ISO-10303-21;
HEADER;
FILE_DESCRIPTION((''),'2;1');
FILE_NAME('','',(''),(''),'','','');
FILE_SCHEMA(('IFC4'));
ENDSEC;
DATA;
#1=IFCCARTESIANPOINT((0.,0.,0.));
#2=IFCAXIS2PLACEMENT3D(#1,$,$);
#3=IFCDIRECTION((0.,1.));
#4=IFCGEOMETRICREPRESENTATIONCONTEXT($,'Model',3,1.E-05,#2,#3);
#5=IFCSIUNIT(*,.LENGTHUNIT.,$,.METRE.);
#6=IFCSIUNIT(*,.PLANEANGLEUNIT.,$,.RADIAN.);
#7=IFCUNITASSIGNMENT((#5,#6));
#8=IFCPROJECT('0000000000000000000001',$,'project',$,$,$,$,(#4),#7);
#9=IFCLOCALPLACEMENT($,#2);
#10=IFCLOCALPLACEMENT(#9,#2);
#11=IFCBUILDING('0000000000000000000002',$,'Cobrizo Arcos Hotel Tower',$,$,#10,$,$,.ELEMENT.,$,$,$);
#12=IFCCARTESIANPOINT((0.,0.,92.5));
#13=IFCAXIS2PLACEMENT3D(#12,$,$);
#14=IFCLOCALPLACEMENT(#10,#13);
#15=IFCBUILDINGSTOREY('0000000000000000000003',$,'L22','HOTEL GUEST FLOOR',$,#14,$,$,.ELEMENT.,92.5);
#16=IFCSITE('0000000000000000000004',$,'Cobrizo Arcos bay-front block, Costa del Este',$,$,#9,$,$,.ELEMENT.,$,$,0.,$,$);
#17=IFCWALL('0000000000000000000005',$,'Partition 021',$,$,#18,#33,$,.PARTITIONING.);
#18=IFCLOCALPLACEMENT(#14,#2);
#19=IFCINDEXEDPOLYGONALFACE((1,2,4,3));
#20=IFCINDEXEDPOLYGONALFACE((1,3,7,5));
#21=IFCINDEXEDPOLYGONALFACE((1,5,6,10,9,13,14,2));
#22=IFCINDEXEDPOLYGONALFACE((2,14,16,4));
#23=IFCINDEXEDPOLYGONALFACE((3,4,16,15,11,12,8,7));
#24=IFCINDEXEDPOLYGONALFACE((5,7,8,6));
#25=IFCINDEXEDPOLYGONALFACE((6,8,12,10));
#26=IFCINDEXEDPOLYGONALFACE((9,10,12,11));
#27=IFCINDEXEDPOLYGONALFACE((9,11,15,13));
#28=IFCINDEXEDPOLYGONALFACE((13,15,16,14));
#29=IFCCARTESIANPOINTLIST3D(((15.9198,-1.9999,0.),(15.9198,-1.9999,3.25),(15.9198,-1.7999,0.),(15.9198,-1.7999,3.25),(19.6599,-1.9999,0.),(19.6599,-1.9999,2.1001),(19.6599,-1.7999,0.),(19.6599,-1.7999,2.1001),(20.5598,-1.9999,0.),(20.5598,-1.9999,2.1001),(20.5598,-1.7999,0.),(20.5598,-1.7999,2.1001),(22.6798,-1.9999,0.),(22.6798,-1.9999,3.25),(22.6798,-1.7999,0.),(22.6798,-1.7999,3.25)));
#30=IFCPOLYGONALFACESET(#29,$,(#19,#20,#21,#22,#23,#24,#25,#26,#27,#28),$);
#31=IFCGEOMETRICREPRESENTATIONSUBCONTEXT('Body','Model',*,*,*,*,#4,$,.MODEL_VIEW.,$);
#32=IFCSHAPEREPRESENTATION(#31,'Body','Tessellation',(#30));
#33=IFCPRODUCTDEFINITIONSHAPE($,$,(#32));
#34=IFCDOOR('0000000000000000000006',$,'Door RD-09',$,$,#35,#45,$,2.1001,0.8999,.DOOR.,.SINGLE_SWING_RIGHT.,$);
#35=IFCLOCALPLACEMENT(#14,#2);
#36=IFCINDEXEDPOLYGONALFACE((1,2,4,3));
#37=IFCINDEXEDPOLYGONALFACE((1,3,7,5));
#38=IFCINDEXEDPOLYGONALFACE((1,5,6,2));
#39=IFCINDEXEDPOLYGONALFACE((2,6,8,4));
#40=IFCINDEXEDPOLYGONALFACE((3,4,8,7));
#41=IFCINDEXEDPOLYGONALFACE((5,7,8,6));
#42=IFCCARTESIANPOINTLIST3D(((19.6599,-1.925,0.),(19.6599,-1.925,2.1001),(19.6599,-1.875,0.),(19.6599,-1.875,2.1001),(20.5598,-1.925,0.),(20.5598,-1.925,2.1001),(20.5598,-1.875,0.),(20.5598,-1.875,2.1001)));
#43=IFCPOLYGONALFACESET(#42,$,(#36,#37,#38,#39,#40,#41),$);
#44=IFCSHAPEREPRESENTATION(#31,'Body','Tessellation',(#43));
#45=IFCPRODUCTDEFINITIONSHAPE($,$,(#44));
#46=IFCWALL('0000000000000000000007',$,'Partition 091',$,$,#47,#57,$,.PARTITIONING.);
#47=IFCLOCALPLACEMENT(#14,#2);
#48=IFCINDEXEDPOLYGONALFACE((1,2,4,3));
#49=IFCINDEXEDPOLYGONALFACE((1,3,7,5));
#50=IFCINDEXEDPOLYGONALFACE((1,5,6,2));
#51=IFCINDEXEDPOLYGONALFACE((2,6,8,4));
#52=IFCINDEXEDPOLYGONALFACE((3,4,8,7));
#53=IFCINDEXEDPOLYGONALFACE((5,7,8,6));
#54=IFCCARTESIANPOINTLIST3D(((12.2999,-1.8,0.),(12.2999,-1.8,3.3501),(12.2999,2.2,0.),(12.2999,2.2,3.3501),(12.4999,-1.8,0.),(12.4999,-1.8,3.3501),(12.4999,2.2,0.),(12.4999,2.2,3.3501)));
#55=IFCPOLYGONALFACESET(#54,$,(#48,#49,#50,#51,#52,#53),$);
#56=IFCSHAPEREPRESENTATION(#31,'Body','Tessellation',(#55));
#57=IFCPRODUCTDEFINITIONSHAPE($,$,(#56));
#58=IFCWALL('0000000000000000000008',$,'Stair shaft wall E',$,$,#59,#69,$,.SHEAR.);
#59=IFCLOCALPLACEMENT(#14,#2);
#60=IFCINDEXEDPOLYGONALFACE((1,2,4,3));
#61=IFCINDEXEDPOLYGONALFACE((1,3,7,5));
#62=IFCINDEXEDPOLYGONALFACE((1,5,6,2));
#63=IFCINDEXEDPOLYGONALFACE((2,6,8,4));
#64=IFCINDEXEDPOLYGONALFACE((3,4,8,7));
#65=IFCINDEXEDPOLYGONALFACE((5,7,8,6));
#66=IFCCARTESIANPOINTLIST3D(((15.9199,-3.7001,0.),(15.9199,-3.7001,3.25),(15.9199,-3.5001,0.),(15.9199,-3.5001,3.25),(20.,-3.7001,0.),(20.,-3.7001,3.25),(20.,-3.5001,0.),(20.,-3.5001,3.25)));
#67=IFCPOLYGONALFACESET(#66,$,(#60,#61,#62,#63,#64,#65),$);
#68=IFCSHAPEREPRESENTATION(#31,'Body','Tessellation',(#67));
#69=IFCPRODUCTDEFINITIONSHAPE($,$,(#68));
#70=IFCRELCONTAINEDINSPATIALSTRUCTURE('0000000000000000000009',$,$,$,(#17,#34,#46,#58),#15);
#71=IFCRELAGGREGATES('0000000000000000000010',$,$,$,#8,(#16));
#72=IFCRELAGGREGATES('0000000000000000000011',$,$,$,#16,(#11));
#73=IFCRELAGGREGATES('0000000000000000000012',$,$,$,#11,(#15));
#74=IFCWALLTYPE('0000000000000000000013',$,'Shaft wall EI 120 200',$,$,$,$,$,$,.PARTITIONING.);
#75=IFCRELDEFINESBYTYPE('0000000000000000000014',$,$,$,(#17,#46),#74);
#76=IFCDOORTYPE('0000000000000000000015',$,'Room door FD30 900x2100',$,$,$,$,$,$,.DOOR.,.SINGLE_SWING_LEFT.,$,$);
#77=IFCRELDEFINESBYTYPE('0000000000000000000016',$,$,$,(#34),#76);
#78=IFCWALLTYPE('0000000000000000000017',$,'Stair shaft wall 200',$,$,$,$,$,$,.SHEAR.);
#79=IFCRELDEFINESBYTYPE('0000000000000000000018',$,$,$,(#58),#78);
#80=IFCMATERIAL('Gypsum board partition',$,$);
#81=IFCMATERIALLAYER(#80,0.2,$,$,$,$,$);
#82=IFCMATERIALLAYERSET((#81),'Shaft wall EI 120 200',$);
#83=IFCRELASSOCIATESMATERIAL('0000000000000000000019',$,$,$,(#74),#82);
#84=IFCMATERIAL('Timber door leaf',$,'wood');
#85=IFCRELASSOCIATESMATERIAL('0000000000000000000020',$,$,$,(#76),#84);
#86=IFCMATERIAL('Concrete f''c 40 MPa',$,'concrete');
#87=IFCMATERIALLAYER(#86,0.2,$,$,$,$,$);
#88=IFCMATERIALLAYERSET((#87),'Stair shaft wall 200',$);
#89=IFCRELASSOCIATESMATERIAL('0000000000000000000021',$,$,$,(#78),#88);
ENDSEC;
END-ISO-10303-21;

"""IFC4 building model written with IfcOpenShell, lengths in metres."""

from ifc_helpers import new_model, si_unit, direction, frame, frame_2d, origin, place, context, subcontext, project, spatial, rectangle, extrude, material, layer, layer_set, type_object, element, fill, save


model = new_model("IFC4")

# Units and contexts
model_context = context("Model", 3, precision=1e-05, world=origin(), true_north=direction((0.0, 1.0)))
body_context = subcontext(model_context, "Body", "Model", "MODEL_VIEW")
ifc_project = project(units=[si_unit("LENGTHUNIT", "METRE"), si_unit("PLANEANGLEUNIT", "RADIAN")], contexts=[model_context])

# Site, building, storey
site_placement = place(None, origin())
site = spatial("IfcSite", under=ifc_project, at=site_placement, Name="Cobrizo Arcos bay-front block, Costa del Este", CompositionType="ELEMENT", RefElevation=0.0)
building_placement = place(site_placement, origin())
building = spatial("IfcBuilding", under=site, at=building_placement, Name="Cobrizo Arcos Hotel Tower", CompositionType="ELEMENT")
storey_placement = place(building_placement, frame((0.0, 0.0, 92.5)))
storey = spatial("IfcBuildingStorey", under=building, at=storey_placement, Name="L22", Description="HOTEL GUEST FLOOR", CompositionType="ELEMENT", Elevation=92.5)

# Shared definitions
ifc_material_1 = material(Name="Concrete f'c 40 MPa", Category="concrete")

# Wall, opening, door
ifc_material_2 = material(Name="Gypsum board partition")
ifc_layer_1 = layer(ifc_material_2, 0.2)
ifc_layer_set_1 = layer_set([ifc_layer_1], Name="Shaft wall EI 120 200")
wall_type_1 = type_object("IfcWallType", Name="Shaft wall EI 120 200", PredefinedType="PARTITIONING", material=ifc_layer_set_1)
wall_1_placement = place(storey_placement, frame((15.9199, -1.8999, 0.0), z_axis=(0.0, 0.0, 1.0), x_axis=(1.0, 0.0, 0.0)))
wall_1 = element("IfcWall", 1, at=wall_1_placement, inside=storey, type_object=wall_type_1, Name="Partition 021", PredefinedType="PARTITIONING", context=body_context, shape_type="SweptSolid", body=[
    extrude(rectangle(XDim=6.76, YDim=0.2, at=frame_2d((3.3799, 0.0))), origin(), (0.0, 0.0, 1.0), 3.25),
])
opening_1_placement = place(wall_1_placement, frame((3.74, 0.0, 0.0)))
opening_1 = element("IfcOpeningElement", 2, at=opening_1_placement, cuts=wall_1, PredefinedType="OPENING", context=body_context, shape_type="SweptSolid", body=[
    extrude(rectangle(XDim=0.8999, YDim=2.1001, at=frame_2d((0.45, 1.05))), frame((0.0, 0.1121, 0.0), z_axis=(0.0, -1.0, 0.0), x_axis=(1.0, 0.0, 0.0)), (0.0, 0.0, 1.0), 0.2239),
])
ifc_material_3 = material(Name="Timber door leaf", Category="wood")
door_type_1 = type_object("IfcDoorType", Name="Room door FD30 900x2100", OperationType="SINGLE_SWING_LEFT", PredefinedType="DOOR", material=ifc_material_3)
door_1_placement = place(opening_1_placement, origin())
door_1 = element("IfcDoor", 3, at=door_1_placement, inside=storey, type_object=door_type_1, Name="Door RD-09", OperationType="SINGLE_SWING_RIGHT", OverallHeight=2.1001, OverallWidth=0.8999, PredefinedType="DOOR", context=body_context, shape_type="SweptSolid", body=[
    extrude(rectangle(XDim=0.8999, YDim=2.1001, at=frame_2d((0.45, 1.05))), frame((0.0, 0.0249, 0.0), z_axis=(0.0, -1.0, 0.0), x_axis=(1.0, 0.0, 0.0)), (0.0, 0.0, 1.0), 0.05),
])
fill(opening_1, door_1)

# Walls
wall_2_placement = place(storey_placement, frame((12.3999, -1.8, 0.0), z_axis=(0.0, 0.0, 1.0), x_axis=(0.0, 1.0, 0.0)))
element("IfcWall", 4, at=wall_2_placement, inside=storey, type_object=wall_type_1, Name="Partition 091", PredefinedType="PARTITIONING", context=body_context, shape_type="SweptSolid", body=[
    extrude(rectangle(XDim=4.0, YDim=0.2, at=frame_2d((2.0, 0.0))), origin(), (0.0, 0.0, 1.0), 3.3501),
])
ifc_layer_2 = layer(ifc_material_1, 0.2)
ifc_layer_set_2 = layer_set([ifc_layer_2], Name="Stair shaft wall 200")
wall_type_2 = type_object("IfcWallType", Name="Stair shaft wall 200", PredefinedType="SHEAR", material=ifc_layer_set_2)
wall_3_placement = place(storey_placement, frame((15.9199, -3.6001, 0.0), z_axis=(0.0, 0.0, 1.0), x_axis=(1.0, 0.0, 0.0)))
element("IfcWall", 5, at=wall_3_placement, inside=storey, type_object=wall_type_2, Name="Stair shaft wall E", PredefinedType="SHEAR", context=body_context, shape_type="SweptSolid", body=[
    extrude(rectangle(XDim=4.0801, YDim=0.2, at=frame_2d((2.04, 0.0))), origin(), (0.0, 0.0, 1.0), 3.25),
])

save(model, "model.ifc")
